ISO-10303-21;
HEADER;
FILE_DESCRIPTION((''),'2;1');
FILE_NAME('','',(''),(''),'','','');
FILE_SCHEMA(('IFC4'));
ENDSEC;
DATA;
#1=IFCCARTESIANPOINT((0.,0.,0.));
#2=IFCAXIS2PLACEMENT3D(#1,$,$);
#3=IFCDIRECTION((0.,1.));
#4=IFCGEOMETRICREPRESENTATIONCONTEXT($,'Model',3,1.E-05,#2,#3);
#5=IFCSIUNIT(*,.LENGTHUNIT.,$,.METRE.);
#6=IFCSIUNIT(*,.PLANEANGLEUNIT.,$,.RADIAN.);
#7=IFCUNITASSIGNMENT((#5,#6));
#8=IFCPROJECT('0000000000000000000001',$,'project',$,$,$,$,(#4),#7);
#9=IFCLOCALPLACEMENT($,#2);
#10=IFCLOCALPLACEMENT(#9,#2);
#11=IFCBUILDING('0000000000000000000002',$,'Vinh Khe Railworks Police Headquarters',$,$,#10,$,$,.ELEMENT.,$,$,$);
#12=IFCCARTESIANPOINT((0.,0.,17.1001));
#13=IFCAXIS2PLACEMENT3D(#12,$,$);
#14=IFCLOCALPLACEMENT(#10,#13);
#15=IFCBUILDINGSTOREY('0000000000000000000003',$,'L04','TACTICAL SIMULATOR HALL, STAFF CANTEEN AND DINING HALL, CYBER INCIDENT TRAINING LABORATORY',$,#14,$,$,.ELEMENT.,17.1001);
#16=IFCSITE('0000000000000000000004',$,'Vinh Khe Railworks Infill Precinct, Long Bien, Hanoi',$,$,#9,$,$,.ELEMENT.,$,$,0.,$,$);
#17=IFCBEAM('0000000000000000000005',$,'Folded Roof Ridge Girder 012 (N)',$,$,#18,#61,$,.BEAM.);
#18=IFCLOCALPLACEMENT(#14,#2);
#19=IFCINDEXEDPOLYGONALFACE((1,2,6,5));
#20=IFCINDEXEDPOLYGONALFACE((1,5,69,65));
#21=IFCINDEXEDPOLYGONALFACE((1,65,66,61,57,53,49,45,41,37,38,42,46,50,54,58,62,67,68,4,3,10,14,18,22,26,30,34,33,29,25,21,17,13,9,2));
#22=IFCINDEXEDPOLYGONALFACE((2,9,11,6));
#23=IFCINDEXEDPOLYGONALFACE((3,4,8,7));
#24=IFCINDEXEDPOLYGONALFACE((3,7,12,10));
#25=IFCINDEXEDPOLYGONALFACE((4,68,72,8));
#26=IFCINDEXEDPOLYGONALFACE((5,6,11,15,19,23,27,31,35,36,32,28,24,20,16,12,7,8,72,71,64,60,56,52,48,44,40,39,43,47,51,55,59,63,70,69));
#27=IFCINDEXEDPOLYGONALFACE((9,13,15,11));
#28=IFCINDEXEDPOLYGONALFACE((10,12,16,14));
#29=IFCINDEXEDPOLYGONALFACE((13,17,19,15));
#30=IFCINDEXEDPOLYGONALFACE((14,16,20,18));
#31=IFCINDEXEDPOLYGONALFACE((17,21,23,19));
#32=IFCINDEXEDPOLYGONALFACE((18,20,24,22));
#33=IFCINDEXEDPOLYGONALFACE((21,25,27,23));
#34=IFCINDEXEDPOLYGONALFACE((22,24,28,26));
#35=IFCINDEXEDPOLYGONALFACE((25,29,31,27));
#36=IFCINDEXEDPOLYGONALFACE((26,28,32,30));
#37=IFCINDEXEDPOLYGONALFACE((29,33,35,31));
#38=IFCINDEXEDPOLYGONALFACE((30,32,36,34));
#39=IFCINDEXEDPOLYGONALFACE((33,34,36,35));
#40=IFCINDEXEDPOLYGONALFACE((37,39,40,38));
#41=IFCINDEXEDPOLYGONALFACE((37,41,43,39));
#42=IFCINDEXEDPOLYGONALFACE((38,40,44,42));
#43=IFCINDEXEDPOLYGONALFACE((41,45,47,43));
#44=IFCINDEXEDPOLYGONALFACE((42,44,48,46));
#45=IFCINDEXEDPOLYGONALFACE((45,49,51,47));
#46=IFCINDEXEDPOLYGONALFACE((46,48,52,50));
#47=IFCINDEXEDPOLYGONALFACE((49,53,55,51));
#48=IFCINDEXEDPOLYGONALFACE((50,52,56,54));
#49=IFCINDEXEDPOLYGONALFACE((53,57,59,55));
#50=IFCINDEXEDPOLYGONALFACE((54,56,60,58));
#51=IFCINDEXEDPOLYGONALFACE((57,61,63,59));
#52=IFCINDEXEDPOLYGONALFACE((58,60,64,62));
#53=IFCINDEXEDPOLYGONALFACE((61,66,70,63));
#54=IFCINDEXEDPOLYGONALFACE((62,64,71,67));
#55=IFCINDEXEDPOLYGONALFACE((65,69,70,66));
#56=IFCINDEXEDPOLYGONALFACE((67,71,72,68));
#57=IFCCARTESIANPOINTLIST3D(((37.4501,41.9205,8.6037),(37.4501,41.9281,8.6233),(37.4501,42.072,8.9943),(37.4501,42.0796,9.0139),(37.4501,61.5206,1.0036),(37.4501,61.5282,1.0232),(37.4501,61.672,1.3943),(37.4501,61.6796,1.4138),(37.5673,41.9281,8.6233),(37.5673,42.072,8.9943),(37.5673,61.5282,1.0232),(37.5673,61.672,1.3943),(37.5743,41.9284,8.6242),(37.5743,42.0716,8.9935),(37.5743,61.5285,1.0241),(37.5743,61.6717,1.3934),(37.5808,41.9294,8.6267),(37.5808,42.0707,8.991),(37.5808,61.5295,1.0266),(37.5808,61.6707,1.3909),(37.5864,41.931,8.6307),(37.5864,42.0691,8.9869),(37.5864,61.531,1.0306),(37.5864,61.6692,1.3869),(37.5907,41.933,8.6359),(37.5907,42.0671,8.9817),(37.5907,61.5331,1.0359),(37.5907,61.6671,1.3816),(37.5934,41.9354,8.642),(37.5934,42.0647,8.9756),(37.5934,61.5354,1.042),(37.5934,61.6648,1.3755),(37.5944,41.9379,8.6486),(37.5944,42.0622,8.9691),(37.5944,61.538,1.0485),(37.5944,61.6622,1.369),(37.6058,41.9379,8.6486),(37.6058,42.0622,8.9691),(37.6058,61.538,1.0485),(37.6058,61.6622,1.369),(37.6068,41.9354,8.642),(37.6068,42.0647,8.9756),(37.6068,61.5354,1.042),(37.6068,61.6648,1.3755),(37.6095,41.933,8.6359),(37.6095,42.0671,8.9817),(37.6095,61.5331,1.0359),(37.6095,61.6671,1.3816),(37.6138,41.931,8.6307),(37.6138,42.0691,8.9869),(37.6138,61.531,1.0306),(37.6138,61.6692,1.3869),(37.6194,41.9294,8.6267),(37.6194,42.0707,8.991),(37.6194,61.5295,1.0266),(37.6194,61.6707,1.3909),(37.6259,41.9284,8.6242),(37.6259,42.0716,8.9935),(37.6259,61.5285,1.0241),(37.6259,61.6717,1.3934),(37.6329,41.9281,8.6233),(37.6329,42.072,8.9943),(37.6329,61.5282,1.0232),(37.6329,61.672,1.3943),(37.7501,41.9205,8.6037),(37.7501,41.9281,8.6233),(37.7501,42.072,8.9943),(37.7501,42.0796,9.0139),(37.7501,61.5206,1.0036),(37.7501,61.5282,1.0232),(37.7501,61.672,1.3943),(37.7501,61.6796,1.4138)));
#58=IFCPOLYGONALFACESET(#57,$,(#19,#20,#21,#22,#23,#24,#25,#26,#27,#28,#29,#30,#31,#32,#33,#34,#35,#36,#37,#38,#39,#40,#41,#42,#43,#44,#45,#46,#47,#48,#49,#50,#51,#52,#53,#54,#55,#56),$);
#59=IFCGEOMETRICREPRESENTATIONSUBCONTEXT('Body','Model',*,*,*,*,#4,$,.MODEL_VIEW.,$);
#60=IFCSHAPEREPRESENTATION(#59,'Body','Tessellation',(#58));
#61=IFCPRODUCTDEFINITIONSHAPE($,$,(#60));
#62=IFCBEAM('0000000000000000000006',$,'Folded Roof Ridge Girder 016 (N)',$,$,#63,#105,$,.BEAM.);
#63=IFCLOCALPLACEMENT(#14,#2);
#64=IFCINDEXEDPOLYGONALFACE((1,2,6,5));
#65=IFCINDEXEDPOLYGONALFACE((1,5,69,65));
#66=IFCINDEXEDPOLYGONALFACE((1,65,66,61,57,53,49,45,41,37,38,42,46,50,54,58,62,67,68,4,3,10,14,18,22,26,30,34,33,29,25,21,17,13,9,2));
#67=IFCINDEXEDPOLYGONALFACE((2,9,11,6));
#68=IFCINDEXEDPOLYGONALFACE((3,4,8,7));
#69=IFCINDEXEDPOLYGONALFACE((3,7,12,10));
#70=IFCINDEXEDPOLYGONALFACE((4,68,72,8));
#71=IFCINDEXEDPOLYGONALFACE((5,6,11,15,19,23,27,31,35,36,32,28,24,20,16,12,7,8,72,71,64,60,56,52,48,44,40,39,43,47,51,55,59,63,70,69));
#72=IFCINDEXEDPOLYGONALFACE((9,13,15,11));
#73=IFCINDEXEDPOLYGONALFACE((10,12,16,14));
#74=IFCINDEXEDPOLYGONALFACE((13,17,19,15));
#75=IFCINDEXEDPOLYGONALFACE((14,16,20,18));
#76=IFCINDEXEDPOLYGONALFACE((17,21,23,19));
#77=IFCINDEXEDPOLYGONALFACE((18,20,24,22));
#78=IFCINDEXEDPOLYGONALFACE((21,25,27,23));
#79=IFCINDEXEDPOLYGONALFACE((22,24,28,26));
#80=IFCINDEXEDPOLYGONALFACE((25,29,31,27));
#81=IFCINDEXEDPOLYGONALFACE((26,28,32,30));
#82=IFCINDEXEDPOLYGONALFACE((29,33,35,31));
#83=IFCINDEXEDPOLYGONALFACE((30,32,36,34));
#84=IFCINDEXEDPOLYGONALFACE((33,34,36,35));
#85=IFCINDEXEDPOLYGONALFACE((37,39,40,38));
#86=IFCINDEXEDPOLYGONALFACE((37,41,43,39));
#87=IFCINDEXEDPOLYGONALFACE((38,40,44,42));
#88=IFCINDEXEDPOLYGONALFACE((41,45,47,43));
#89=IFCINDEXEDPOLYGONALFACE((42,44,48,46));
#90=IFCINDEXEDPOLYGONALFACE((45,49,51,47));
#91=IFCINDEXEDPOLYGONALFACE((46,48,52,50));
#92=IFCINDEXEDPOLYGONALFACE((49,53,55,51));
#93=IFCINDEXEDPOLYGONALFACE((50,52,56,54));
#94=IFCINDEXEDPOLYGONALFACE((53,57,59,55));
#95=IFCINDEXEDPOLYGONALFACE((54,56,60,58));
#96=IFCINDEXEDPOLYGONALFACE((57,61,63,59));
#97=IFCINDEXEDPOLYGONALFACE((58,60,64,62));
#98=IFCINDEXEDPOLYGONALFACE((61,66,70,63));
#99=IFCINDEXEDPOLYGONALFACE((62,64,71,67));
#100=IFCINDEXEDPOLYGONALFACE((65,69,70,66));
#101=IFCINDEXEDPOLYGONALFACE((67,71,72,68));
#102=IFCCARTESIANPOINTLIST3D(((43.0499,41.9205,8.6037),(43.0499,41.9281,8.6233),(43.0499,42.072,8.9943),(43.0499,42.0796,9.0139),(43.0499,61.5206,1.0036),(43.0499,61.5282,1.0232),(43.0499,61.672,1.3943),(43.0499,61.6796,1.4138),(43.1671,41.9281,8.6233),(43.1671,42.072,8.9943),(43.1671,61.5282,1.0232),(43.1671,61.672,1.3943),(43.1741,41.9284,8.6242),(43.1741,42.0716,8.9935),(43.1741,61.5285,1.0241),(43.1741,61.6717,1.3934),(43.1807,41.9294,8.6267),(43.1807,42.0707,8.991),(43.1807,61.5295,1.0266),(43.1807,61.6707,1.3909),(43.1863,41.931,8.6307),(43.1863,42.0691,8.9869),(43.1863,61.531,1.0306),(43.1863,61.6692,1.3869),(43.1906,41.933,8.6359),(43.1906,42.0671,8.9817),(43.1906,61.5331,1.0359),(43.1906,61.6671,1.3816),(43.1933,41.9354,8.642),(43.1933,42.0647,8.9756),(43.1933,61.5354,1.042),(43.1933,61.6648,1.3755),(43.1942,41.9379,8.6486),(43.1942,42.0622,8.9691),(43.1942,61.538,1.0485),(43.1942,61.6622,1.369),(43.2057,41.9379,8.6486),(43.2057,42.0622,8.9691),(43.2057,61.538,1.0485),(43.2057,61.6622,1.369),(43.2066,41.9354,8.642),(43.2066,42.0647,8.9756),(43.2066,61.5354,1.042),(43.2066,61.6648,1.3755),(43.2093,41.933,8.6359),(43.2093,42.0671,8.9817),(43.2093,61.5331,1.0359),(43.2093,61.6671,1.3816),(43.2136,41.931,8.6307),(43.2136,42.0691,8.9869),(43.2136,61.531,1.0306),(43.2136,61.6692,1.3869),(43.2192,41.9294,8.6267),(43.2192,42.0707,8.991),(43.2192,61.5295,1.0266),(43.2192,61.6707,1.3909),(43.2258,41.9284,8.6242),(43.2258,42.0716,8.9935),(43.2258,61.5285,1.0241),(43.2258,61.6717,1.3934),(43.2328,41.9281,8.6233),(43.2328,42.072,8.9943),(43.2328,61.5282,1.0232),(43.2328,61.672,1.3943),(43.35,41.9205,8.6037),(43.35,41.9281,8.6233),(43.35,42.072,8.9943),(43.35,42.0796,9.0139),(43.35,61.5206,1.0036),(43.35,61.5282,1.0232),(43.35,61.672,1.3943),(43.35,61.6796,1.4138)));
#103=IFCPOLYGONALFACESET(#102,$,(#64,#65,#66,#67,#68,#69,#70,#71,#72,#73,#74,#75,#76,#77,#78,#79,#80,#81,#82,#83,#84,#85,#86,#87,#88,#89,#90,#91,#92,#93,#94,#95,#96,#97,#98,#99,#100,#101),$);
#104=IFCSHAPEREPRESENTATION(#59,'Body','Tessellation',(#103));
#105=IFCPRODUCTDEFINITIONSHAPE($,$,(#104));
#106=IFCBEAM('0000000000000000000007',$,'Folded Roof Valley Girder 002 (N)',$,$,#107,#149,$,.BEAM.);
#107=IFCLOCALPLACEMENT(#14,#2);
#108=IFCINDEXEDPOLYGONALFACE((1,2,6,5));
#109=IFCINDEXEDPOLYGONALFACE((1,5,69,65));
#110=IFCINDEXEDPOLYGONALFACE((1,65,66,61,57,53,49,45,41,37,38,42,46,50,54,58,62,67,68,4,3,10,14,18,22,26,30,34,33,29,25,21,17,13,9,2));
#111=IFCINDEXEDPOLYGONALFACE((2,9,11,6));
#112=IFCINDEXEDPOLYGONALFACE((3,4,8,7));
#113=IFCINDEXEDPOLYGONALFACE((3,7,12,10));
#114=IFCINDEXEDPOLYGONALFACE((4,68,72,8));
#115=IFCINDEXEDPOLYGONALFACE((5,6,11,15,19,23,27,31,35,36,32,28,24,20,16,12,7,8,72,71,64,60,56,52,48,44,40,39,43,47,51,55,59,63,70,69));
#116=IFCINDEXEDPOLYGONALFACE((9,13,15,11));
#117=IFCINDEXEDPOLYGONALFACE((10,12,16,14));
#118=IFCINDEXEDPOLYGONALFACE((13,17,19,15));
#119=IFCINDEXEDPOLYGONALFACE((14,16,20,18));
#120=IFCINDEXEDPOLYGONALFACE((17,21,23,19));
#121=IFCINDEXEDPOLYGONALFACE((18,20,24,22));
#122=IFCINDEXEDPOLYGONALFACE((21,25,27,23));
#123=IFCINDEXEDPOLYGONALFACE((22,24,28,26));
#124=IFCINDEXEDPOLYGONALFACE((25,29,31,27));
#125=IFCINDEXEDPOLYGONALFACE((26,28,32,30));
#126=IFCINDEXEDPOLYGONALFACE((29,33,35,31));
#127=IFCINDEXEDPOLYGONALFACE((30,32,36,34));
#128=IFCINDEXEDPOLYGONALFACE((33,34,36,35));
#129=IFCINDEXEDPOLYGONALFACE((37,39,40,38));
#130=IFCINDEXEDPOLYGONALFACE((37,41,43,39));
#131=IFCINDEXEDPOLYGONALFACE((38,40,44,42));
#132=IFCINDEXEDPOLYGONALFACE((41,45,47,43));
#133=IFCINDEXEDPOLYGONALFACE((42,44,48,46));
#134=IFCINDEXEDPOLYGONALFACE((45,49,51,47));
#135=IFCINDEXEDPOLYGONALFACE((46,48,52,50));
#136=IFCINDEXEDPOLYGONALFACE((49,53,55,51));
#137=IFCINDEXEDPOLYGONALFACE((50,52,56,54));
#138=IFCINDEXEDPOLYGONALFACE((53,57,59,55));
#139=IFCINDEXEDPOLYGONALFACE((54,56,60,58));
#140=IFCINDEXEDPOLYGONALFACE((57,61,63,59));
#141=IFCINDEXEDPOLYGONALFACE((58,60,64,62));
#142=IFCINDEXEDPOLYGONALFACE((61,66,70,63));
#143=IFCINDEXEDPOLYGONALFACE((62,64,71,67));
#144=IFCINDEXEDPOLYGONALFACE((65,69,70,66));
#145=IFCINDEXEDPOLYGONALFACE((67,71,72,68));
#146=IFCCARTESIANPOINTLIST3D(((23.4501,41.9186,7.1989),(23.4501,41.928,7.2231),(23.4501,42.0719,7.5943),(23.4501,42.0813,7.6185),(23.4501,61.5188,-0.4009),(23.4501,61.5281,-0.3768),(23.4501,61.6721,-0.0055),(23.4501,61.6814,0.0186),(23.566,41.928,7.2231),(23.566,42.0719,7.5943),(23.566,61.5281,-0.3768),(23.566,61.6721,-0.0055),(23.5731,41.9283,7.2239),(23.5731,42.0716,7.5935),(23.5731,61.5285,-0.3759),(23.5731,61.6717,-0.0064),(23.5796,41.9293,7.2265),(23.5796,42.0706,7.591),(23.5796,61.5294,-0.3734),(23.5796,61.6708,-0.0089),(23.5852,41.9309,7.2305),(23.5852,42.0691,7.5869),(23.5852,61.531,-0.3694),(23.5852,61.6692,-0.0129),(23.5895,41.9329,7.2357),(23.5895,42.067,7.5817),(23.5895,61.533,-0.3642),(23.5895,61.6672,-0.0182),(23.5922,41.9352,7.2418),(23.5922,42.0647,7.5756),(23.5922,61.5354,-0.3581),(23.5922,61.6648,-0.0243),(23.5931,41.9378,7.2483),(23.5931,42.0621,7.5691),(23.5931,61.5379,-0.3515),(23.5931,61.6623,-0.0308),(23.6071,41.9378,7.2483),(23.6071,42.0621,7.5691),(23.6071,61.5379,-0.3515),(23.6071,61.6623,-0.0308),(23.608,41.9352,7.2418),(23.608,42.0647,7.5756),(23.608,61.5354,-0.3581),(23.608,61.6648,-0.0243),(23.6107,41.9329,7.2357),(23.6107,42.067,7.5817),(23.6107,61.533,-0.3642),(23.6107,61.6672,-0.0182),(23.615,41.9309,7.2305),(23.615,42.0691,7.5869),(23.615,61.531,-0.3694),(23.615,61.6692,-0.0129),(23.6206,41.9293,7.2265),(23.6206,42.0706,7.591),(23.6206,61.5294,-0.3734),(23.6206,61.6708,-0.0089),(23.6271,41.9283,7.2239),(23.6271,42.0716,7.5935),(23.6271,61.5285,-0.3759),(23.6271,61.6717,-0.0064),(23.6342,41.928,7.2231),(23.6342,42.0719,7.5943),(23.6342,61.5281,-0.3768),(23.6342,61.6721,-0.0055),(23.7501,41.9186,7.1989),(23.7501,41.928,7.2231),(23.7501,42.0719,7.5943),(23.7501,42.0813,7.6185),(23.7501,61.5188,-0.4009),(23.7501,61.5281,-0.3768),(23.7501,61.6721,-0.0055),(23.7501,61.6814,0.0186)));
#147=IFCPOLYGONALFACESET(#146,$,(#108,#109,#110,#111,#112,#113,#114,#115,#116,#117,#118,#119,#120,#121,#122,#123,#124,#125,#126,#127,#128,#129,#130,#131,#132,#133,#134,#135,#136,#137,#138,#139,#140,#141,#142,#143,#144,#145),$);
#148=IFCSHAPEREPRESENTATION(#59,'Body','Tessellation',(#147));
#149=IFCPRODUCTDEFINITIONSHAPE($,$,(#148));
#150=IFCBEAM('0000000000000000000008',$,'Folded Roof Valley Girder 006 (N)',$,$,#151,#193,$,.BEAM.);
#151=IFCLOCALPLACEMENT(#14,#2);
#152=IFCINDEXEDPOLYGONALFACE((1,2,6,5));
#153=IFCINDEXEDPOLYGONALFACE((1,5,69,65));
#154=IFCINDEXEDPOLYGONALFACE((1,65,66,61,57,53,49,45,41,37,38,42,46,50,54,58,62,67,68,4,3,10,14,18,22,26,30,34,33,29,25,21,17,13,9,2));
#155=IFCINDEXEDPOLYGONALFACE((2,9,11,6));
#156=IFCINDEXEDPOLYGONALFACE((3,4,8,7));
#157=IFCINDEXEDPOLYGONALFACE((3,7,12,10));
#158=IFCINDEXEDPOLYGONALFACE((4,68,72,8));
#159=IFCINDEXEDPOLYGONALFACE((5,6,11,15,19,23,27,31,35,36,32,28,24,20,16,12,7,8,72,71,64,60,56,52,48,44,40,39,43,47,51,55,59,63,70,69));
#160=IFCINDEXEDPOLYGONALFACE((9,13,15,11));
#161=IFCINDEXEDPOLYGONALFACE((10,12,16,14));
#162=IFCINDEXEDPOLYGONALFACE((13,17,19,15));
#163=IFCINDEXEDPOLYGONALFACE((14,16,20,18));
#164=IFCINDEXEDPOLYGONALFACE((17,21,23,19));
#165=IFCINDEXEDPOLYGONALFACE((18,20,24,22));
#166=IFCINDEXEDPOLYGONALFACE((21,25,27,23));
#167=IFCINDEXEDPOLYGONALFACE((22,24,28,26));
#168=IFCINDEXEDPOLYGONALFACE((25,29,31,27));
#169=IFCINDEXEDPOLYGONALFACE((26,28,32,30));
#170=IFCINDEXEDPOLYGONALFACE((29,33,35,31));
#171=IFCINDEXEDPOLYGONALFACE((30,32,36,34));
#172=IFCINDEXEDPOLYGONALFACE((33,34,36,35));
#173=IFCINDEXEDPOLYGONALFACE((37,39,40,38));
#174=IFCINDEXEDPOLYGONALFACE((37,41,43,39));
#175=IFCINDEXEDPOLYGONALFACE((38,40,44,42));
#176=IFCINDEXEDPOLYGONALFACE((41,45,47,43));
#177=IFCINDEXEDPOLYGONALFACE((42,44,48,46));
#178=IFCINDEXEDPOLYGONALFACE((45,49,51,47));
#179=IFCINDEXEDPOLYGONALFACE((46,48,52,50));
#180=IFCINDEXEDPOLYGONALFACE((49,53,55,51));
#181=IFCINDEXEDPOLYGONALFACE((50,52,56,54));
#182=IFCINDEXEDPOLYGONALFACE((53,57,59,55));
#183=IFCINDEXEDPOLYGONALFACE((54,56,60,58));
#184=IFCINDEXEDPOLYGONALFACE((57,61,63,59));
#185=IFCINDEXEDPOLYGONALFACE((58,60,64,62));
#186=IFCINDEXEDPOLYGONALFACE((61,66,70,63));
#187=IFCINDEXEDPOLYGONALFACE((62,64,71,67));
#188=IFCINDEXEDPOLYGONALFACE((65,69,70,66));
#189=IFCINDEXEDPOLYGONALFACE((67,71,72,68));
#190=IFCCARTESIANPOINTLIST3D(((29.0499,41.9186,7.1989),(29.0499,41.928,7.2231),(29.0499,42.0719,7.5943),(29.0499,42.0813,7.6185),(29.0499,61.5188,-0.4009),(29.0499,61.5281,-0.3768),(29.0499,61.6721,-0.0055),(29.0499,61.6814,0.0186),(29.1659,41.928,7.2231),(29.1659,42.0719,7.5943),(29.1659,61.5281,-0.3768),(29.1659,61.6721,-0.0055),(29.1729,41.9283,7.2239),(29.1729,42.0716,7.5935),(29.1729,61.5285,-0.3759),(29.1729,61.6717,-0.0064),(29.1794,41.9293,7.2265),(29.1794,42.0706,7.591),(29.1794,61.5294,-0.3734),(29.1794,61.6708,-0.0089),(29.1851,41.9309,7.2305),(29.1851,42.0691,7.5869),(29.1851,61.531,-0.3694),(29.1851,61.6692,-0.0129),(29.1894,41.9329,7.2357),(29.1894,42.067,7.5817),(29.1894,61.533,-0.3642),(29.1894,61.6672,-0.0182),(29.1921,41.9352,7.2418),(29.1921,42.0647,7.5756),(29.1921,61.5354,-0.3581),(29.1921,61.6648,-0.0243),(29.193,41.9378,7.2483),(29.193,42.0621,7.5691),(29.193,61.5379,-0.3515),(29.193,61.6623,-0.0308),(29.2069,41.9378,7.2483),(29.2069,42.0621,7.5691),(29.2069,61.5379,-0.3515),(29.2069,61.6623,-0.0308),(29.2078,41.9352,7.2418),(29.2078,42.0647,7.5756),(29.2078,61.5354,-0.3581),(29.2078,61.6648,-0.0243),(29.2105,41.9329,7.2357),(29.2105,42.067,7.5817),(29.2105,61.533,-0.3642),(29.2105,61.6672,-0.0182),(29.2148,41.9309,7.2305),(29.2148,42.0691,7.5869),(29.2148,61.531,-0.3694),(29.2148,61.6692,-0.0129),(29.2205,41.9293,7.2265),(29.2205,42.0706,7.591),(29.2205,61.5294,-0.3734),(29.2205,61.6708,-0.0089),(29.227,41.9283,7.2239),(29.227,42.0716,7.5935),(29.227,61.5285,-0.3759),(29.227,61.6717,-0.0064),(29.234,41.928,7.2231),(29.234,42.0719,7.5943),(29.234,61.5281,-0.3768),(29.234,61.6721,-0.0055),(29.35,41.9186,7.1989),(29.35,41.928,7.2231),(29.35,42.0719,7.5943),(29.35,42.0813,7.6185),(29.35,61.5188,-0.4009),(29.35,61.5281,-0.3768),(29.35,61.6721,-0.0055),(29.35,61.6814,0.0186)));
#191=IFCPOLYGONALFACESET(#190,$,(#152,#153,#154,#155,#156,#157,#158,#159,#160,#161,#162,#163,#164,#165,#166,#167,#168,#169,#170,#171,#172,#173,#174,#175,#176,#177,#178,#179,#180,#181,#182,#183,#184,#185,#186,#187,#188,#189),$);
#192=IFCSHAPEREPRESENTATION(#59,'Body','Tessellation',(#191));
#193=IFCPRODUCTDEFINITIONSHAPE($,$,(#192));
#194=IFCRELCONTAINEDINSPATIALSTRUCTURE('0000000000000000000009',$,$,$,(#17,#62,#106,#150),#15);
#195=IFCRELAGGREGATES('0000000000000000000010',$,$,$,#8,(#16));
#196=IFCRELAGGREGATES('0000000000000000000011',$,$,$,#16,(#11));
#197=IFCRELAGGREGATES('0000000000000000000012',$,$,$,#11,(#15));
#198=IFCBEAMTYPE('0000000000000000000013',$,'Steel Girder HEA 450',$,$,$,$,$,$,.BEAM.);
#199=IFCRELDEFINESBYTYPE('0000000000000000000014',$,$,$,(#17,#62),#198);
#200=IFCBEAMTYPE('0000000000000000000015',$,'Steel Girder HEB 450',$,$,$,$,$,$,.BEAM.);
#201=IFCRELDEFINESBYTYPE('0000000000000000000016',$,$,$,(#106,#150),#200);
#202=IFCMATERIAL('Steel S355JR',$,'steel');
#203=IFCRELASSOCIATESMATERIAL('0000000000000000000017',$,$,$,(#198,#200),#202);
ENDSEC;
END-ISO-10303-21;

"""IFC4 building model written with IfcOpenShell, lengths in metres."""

from ifc_helpers import new_model, si_unit, direction, frame, origin, origin_2d, place, context, subcontext, project, spatial, i_section, extrude, material, material_profile, profile_set, type_object, element, save


model = new_model("IFC4")

# Units and contexts
model_context = context("Model", 3, precision=1e-05, world=origin(), true_north=direction((0.0, 1.0)))
body_context = subcontext(model_context, "Body", "Model", "MODEL_VIEW")
ifc_project = project(units=[si_unit("LENGTHUNIT", "METRE"), si_unit("PLANEANGLEUNIT", "RADIAN")], contexts=[model_context])

# Site, building, storey
site_placement = place(None, origin())
site = spatial("IfcSite", under=ifc_project, at=site_placement, Name="Vinh Khe Railworks Infill Precinct, Long Bien, Hanoi", CompositionType="ELEMENT", RefElevation=0.0)
building_placement = place(site_placement, origin())
building = spatial("IfcBuilding", under=site, at=building_placement, Name="Vinh Khe Railworks Police Headquarters", CompositionType="ELEMENT")
storey_placement = place(building_placement, frame((0.0, 0.0, 17.1001)))
storey = spatial("IfcBuildingStorey", under=building, at=storey_placement, Name="L04", Description="TACTICAL SIMULATOR HALL, STAFF CANTEEN AND DINING HALL, CYBER INCIDENT TRAINING LABORATORY", CompositionType="ELEMENT", Elevation=17.1001)

# Shared definitions
ifc_material_1 = material(Name="Steel S355JR", Category="steel")

# Beams
ifc_material_profile_1 = material_profile(ifc_material_1, i_section(OverallWidth=0.3, OverallDepth=0.4399, WebThickness=0.0115, FlangeThickness=0.021, FilletRadius=0.0271, at=origin_2d()), Name="HEA 450")
ifc_profile_set_1 = profile_set([ifc_material_profile_1], Name="Steel S355JR")
beam_type_1 = type_object("IfcBeamType", Name="Steel Girder HEA 450", PredefinedType="BEAM", material=ifc_profile_set_1)
for number, where, z_axis, x_axis, name in (
    (1, (37.6001, 61.6001, 1.2087), (0.0, -0.93236, 0.36153), (1.0, 0.0, 0.0), "Folded Roof Ridge Girder 012 (N)"),
    (2, (43.2, 61.6001, 1.2087), (0.0, -0.93236, 0.36153), (1.0, 0.0, 0.0), "Folded Roof Ridge Girder 016 (N)"),
):
    element("IfcBeam", number, at=place(storey_placement, frame(where, z_axis=z_axis, x_axis=x_axis)), inside=storey, type_object=beam_type_1, Name=name, PredefinedType="BEAM", context=body_context, shape_type="SweptSolid", body=[
        extrude(i_section(OverallWidth=0.3, OverallDepth=0.4399, WebThickness=0.0115, FlangeThickness=0.021, FilletRadius=0.0271, at=origin_2d()), origin(), (0.0, 0.0, 1.0), 21.022),
    ])
ifc_material_profile_2 = material_profile(ifc_material_1, i_section(OverallWidth=0.3, OverallDepth=0.45, WebThickness=0.0139, FlangeThickness=0.0259, FilletRadius=0.0271, at=origin_2d()), Name="HEB 450")
ifc_profile_set_2 = profile_set([ifc_material_profile_2], Name="Steel S355JR")
beam_type_2 = type_object("IfcBeamType", Name="Steel Girder HEB 450", PredefinedType="BEAM", material=ifc_profile_set_2)
for number, where, z_axis, x_axis, name in (
    (3, (23.6001, 61.6001, -0.1912), (0.0, -0.932364, 0.36152), (1.0, 0.0, 0.0), "Folded Roof Valley Girder 002 (N)"),
    (4, (29.2, 61.6001, -0.1912), (0.0, -0.932364, 0.36152), (1.0, 0.0, 0.0), "Folded Roof Valley Girder 006 (N)"),
):
    element("IfcBeam", number, at=place(storey_placement, frame(where, z_axis=z_axis, x_axis=x_axis)), inside=storey, type_object=beam_type_2, Name=name, PredefinedType="BEAM", context=body_context, shape_type="SweptSolid", body=[
        extrude(i_section(OverallWidth=0.3, OverallDepth=0.45, WebThickness=0.0139, FlangeThickness=0.0259, FilletRadius=0.0271, at=origin_2d()), origin(), (0.0, 0.0, 1.0), 21.022),
    ])

save(model, "model.ifc")
